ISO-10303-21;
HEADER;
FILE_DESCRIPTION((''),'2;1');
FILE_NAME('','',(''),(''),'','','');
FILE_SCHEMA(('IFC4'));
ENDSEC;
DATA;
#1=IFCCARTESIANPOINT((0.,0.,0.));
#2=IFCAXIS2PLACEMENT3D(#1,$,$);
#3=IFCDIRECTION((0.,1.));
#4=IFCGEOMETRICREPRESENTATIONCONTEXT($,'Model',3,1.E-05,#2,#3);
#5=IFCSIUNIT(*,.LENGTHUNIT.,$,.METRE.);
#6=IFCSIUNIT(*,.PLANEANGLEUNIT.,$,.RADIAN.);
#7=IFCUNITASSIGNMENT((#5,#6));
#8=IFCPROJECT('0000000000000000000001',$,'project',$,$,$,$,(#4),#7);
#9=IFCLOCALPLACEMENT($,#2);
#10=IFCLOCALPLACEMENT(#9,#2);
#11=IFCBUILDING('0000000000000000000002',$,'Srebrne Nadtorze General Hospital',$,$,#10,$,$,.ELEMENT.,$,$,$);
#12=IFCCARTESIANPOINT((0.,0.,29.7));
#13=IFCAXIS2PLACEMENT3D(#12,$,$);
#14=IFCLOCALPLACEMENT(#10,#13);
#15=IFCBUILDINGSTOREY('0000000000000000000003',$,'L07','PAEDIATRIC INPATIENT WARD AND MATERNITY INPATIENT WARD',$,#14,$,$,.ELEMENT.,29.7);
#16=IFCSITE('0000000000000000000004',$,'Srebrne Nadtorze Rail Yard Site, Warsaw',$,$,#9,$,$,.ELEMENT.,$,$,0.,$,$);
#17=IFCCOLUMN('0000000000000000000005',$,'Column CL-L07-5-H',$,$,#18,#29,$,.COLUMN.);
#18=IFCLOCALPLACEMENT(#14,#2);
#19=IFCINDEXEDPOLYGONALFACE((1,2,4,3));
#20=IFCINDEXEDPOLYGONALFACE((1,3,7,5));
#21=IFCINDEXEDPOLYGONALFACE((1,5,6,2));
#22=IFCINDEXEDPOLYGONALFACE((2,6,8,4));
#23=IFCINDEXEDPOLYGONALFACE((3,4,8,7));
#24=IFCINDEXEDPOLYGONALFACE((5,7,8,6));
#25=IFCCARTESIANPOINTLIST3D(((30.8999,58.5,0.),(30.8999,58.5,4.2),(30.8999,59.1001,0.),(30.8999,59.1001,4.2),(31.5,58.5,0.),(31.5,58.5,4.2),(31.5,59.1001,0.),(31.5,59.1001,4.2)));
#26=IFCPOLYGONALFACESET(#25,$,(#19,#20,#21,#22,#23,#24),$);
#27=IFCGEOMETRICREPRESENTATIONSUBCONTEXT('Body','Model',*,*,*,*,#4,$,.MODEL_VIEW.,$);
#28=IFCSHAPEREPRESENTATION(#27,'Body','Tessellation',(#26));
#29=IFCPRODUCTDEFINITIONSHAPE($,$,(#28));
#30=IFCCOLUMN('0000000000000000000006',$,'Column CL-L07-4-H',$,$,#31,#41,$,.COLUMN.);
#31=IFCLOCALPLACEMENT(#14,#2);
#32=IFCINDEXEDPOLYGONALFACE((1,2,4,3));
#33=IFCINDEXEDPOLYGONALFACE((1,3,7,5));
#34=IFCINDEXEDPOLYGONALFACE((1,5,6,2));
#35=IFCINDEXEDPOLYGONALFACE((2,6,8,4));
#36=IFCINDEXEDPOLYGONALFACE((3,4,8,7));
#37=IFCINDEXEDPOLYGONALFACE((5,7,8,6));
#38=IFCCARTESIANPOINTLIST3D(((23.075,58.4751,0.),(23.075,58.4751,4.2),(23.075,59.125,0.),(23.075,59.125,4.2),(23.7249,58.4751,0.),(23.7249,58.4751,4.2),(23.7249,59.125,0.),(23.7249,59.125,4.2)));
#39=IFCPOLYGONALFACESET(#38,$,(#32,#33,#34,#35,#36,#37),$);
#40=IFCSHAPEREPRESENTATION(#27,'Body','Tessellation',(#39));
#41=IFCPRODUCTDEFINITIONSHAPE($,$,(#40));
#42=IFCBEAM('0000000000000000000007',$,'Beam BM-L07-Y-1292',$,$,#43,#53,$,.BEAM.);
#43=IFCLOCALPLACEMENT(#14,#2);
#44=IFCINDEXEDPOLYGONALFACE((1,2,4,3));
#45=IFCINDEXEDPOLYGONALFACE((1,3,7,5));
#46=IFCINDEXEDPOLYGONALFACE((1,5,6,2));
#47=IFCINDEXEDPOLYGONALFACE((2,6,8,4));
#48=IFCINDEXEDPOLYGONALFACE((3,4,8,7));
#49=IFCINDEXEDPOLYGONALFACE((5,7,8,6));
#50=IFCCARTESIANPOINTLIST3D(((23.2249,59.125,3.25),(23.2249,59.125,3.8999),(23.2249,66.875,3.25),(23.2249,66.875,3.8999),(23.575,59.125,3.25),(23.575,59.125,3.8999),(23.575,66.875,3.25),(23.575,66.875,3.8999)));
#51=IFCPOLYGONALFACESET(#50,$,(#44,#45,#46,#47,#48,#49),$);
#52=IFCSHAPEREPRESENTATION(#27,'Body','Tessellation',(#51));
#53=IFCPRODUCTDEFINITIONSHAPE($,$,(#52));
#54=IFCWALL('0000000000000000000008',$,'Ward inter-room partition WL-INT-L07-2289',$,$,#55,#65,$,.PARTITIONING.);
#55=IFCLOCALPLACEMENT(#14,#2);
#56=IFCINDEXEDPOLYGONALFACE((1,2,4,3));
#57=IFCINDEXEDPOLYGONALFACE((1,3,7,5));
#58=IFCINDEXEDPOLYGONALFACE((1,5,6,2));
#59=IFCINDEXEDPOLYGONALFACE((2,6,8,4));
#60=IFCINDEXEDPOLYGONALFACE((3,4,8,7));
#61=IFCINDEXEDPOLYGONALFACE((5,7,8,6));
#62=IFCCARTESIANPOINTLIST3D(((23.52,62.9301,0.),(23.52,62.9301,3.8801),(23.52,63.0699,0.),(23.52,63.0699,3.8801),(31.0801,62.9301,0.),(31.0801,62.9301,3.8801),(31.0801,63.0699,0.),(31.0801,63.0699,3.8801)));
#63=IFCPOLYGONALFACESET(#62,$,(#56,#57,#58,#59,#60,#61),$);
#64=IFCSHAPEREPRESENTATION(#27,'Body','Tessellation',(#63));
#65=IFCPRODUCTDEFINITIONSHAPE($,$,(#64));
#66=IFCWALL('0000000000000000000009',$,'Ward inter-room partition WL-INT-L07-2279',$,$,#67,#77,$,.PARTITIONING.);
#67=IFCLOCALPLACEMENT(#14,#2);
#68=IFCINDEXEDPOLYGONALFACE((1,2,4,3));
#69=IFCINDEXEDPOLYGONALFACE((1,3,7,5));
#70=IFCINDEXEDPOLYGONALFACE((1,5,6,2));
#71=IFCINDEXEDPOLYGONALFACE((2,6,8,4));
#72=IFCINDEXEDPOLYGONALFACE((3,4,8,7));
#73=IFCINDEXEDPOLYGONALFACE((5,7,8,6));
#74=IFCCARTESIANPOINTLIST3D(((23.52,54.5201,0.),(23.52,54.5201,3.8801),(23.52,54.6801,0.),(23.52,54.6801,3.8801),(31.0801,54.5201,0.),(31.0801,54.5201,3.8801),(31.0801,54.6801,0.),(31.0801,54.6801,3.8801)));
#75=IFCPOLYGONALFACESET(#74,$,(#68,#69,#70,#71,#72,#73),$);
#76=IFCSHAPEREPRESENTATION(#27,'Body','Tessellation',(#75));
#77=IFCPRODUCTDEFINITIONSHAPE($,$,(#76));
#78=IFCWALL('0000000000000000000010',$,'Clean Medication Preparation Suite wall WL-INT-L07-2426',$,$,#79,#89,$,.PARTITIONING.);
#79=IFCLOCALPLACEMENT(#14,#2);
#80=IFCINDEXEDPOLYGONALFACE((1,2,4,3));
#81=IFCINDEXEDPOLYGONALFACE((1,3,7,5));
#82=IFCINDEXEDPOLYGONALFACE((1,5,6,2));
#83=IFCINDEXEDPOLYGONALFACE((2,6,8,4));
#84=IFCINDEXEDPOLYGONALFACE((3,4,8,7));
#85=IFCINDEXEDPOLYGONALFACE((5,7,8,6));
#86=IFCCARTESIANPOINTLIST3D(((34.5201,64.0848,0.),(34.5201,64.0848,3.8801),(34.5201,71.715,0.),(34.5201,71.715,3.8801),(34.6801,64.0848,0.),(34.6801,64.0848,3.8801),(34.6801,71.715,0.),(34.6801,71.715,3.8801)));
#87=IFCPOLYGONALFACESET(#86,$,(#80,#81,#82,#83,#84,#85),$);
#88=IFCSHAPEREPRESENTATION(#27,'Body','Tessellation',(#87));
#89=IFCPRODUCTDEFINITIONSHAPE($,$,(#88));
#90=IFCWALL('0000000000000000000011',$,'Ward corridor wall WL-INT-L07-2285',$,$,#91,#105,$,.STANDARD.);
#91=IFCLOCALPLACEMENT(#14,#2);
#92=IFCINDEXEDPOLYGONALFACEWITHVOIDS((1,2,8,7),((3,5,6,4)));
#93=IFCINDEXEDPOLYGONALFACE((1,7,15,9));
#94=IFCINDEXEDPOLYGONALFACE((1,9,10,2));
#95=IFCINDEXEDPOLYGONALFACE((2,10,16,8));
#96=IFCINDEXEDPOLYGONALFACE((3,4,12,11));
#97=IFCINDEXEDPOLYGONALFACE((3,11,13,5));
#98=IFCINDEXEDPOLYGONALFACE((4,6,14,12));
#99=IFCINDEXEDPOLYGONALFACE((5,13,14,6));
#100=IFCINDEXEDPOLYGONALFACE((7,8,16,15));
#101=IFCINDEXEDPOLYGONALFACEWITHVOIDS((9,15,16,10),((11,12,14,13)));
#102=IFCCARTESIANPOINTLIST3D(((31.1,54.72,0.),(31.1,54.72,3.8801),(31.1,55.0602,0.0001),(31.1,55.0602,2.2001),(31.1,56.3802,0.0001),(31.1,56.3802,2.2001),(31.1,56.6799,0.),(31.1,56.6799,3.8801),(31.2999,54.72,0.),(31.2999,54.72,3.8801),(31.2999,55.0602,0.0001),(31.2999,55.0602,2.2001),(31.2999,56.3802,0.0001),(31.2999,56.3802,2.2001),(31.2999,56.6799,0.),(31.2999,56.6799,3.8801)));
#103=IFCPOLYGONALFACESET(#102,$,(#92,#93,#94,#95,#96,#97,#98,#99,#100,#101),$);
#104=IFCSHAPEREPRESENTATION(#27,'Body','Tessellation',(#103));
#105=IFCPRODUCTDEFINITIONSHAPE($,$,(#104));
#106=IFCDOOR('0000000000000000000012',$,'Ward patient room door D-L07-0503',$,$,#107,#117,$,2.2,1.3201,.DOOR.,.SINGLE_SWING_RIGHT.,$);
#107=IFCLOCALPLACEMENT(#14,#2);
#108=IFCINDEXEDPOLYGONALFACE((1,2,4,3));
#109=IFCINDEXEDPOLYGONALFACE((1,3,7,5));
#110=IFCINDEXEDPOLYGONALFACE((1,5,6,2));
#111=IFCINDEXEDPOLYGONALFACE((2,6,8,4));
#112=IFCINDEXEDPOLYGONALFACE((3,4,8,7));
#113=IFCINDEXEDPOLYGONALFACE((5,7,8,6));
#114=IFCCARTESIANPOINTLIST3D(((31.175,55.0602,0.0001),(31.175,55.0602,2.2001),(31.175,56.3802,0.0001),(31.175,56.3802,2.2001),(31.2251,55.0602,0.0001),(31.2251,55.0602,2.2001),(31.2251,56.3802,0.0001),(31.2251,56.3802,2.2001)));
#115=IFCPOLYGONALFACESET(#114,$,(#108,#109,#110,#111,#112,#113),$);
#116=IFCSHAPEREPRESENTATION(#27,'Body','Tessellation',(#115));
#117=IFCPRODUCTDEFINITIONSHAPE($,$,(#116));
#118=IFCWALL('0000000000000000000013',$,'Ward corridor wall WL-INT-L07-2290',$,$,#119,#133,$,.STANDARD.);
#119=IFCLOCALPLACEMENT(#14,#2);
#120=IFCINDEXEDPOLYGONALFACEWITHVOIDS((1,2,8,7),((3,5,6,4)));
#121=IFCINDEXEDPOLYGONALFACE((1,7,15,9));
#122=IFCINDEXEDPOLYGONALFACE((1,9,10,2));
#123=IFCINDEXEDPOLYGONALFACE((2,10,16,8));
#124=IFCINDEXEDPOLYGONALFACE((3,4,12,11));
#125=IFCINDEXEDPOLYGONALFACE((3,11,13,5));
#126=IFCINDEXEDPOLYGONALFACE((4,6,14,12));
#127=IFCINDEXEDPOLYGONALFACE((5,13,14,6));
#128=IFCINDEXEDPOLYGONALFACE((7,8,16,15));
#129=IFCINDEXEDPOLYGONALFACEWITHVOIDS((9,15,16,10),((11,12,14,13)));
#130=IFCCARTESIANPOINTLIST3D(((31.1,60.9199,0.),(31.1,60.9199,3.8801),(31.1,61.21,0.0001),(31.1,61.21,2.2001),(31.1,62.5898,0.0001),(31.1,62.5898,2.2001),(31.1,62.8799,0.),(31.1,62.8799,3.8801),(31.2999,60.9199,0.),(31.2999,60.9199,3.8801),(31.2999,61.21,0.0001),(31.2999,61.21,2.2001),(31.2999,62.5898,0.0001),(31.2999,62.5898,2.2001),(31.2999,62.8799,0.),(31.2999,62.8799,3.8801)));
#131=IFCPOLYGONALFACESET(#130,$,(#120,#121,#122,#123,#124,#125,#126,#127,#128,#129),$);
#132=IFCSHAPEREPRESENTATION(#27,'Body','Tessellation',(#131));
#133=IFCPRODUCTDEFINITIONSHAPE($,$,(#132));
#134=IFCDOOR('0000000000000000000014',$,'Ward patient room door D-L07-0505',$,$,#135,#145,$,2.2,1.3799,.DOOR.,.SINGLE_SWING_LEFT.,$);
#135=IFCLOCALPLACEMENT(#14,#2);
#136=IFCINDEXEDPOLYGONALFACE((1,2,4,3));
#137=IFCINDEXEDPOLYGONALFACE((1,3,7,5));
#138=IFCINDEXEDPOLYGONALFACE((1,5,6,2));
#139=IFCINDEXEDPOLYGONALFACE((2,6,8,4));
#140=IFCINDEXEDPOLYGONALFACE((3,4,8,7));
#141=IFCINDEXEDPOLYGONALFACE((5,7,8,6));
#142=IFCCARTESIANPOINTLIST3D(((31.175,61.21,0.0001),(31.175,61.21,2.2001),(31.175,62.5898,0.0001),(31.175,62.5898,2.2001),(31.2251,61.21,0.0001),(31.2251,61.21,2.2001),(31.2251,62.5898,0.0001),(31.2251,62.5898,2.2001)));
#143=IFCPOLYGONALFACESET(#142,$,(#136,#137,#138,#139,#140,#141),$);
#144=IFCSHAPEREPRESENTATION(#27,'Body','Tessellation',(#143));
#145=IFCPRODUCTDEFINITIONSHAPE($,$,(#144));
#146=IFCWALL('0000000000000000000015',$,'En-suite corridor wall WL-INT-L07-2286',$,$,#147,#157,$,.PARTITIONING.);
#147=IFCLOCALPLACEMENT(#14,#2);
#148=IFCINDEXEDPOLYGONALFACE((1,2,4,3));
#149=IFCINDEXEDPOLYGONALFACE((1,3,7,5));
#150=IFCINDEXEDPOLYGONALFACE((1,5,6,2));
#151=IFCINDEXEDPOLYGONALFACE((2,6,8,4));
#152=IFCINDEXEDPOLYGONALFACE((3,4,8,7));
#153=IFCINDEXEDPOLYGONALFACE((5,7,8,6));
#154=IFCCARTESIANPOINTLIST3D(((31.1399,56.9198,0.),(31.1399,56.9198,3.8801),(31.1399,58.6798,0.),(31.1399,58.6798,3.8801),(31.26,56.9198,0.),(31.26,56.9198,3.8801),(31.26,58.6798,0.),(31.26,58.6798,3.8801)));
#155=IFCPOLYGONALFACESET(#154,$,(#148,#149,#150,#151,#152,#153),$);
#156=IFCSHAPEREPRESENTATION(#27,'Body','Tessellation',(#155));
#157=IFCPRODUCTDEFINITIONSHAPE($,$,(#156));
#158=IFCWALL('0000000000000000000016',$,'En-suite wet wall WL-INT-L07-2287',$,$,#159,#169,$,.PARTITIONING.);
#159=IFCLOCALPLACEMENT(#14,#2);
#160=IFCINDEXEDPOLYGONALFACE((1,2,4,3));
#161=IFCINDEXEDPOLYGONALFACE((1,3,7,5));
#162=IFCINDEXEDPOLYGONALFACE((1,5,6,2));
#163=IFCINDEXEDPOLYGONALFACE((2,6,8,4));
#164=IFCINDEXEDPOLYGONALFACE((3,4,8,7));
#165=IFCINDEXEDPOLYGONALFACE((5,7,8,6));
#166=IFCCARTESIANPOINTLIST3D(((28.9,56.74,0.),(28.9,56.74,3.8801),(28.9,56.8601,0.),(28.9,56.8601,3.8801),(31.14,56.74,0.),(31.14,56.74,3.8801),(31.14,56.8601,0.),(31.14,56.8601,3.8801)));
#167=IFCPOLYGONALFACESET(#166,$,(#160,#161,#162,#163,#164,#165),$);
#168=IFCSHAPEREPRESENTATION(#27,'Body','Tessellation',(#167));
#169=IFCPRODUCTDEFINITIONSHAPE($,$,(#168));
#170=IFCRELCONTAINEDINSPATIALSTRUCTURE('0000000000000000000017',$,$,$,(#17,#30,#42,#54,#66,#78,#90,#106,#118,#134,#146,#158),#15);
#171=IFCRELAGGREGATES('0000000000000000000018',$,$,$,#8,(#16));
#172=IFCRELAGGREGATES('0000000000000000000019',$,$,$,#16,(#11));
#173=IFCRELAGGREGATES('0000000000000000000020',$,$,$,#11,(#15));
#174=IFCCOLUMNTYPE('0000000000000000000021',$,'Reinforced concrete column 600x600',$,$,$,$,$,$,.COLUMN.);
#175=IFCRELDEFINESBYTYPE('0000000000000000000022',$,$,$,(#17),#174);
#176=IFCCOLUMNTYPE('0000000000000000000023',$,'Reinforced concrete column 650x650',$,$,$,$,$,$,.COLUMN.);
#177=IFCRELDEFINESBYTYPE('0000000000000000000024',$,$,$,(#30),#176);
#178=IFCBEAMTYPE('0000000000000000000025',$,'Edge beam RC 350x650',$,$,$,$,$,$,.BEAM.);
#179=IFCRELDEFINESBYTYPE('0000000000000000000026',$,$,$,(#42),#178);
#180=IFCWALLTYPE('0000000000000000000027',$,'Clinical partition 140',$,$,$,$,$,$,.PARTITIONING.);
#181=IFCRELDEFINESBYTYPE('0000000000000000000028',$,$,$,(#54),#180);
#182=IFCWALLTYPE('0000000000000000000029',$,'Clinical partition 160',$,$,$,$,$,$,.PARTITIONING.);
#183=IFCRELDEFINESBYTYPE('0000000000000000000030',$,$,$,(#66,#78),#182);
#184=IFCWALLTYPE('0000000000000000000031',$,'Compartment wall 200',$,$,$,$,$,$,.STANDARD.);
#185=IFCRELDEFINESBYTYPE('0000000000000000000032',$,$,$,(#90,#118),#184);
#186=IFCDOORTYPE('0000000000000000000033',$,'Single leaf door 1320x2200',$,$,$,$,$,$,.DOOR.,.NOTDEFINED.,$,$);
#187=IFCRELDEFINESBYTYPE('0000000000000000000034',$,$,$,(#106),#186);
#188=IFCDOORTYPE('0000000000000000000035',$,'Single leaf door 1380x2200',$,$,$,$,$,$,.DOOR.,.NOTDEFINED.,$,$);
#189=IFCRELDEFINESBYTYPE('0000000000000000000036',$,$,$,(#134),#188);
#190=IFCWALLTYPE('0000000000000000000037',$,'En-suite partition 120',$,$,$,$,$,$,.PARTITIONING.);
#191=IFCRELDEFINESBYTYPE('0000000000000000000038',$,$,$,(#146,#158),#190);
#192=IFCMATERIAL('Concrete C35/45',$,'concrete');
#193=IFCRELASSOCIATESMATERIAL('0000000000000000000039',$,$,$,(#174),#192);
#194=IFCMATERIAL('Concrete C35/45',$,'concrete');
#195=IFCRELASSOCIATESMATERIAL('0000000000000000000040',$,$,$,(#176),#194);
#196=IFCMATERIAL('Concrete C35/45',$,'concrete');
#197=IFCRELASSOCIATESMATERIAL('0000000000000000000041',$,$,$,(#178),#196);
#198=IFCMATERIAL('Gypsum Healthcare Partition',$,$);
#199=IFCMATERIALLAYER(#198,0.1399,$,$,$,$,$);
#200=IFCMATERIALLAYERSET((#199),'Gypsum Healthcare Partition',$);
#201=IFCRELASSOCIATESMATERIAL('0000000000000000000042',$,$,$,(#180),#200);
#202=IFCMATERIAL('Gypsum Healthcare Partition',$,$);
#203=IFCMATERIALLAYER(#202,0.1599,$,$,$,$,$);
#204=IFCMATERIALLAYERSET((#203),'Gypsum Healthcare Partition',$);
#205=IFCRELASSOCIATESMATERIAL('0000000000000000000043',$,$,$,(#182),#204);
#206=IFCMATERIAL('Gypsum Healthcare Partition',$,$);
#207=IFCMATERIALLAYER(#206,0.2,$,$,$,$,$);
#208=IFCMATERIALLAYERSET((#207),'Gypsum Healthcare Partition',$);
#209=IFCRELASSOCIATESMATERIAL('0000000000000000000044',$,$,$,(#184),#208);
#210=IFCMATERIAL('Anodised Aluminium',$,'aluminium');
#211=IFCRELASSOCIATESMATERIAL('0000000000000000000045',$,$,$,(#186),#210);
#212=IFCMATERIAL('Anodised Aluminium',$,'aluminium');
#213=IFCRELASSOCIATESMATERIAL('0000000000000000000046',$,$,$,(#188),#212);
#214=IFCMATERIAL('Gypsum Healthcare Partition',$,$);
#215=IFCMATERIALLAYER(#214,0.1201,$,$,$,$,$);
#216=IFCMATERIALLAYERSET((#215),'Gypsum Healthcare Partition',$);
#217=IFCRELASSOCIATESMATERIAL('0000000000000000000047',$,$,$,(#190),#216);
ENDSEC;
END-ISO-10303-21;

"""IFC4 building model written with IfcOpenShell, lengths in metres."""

from ifc_helpers import new_model, si_unit, direction, frame, frame_2d, origin, origin_2d, place, context, subcontext, project, spatial, rectangle, extrude, material, layer, layer_set, material_profile, profile_set, type_object, element, fill, save


model = new_model("IFC4")

# Units and contexts
model_context = context("Model", 3, precision=1e-05, world=origin(), true_north=direction((0.0, 1.0)))
body_context = subcontext(model_context, "Body", "Model", "MODEL_VIEW")
ifc_project = project(units=[si_unit("LENGTHUNIT", "METRE"), si_unit("PLANEANGLEUNIT", "RADIAN")], contexts=[model_context])

# Site, building, storey
site_placement = place(None, origin())
site = spatial("IfcSite", under=ifc_project, at=site_placement, Name="Srebrne Nadtorze Rail Yard Site, Warsaw", CompositionType="ELEMENT", RefElevation=0.0)
building_placement = place(site_placement, origin())
building = spatial("IfcBuilding", under=site, at=building_placement, Name="Srebrne Nadtorze General Hospital", CompositionType="ELEMENT")
storey_placement = place(building_placement, frame((0.0, 0.0, 29.7)))
storey = spatial("IfcBuildingStorey", under=building, at=storey_placement, Name="L07", Description="PAEDIATRIC INPATIENT WARD AND MATERNITY INPATIENT WARD", CompositionType="ELEMENT", Elevation=29.7)

# Columns
ifc_material_1 = material(Name="Concrete C35/45", Category="concrete")
ifc_material_profile_1 = material_profile(ifc_material_1, rectangle(XDim=0.6001, YDim=0.6001, at=origin_2d()), Name="RC-COL-600x600")
ifc_profile_set_1 = profile_set([ifc_material_profile_1], Name="Concrete C35/45")
column_type_1 = type_object("IfcColumnType", Name="Reinforced concrete column 600x600", PredefinedType="COLUMN", material=ifc_profile_set_1)
column_1_placement = place(storey_placement, frame((31.2, 58.8, 0.0), z_axis=(0.0, 0.0, 1.0), x_axis=(1.0, 0.0, 0.0)))
element("IfcColumn", 1, at=column_1_placement, inside=storey, type_object=column_type_1, Name="Column CL-L07-5-H", PredefinedType="COLUMN", context=body_context, shape_type="SweptSolid", body=[
    extrude(rectangle(XDim=0.6001, YDim=0.6001, at=origin_2d()), origin(), (0.0, 0.0, 1.0), 4.2),
])
ifc_material_2 = material(Name="Concrete C35/45", Category="concrete")
ifc_material_profile_2 = material_profile(ifc_material_2, rectangle(XDim=0.6499, YDim=0.6499, at=origin_2d()), Name="RC-COL-650x650")
ifc_profile_set_2 = profile_set([ifc_material_profile_2], Name="Concrete C35/45")
column_type_2 = type_object("IfcColumnType", Name="Reinforced concrete column 650x650", PredefinedType="COLUMN", material=ifc_profile_set_2)
column_2_placement = place(storey_placement, frame((23.3999, 58.8, 0.0), z_axis=(0.0, 0.0, 1.0), x_axis=(1.0, 0.0, 0.0)))
element("IfcColumn", 2, at=column_2_placement, inside=storey, type_object=column_type_2, Name="Column CL-L07-4-H", PredefinedType="COLUMN", context=body_context, shape_type="SweptSolid", body=[
    extrude(rectangle(XDim=0.6499, YDim=0.6499, at=origin_2d()), origin(), (0.0, 0.0, 1.0), 4.2),
])

# Beam
ifc_material_3 = material(Name="Concrete C35/45", Category="concrete")
ifc_material_profile_3 = material_profile(ifc_material_3, rectangle(XDim=0.3501, YDim=0.6499, at=origin_2d()), Name="RC-BM-350x650")
ifc_profile_set_3 = profile_set([ifc_material_profile_3], Name="Concrete C35/45")
beam_type = type_object("IfcBeamType", Name="Edge beam RC 350x650", PredefinedType="BEAM", material=ifc_profile_set_3)
beam_placement = place(storey_placement, frame((23.3999, 59.125, 3.575), z_axis=(0.0, 1.0, 0.0), x_axis=(-1.0, 0.0, 0.0)))
element("IfcBeam", 3, at=beam_placement, inside=storey, type_object=beam_type, Name="Beam BM-L07-Y-1292", PredefinedType="BEAM", context=body_context, shape_type="SweptSolid", body=[
    extrude(rectangle(XDim=0.3501, YDim=0.6499, at=origin_2d()), origin(), (0.0, 0.0, 1.0), 7.75),
])

# Walls
ifc_material_4 = material(Name="Gypsum Healthcare Partition")
ifc_layer_1 = layer(ifc_material_4, 0.1399)
ifc_layer_set_1 = layer_set([ifc_layer_1], Name="Gypsum Healthcare Partition")
wall_type_1 = type_object("IfcWallType", Name="Clinical partition 140", PredefinedType="PARTITIONING", material=ifc_layer_set_1)
wall_1_placement = place(storey_placement, frame((23.52, 63.0, 0.0), z_axis=(0.0, 0.0, 1.0), x_axis=(1.0, 0.0, 0.0)))
element("IfcWall", 4, at=wall_1_placement, inside=storey, type_object=wall_type_1, Name="Ward inter-room partition WL-INT-L07-2289", PredefinedType="PARTITIONING", context=body_context, shape_type="SweptSolid", body=[
    extrude(rectangle(XDim=7.5601, YDim=0.1399, at=frame_2d((3.78, 0.0))), origin(), (0.0, 0.0, 1.0), 3.8801),
])
ifc_material_5 = material(Name="Gypsum Healthcare Partition")
ifc_layer_2 = layer(ifc_material_5, 0.1599)
ifc_layer_set_2 = layer_set([ifc_layer_2], Name="Gypsum Healthcare Partition")
wall_type_2 = type_object("IfcWallType", Name="Clinical partition 160", PredefinedType="PARTITIONING", material=ifc_layer_set_2)
wall_2_placement = place(storey_placement, frame((23.52, 54.6001, 0.0), z_axis=(0.0, 0.0, 1.0), x_axis=(1.0, 0.0, 0.0)))
element("IfcWall", 5, at=wall_2_placement, inside=storey, type_object=wall_type_2, Name="Ward inter-room partition WL-INT-L07-2279", PredefinedType="PARTITIONING", context=body_context, shape_type="SweptSolid", body=[
    extrude(rectangle(XDim=7.5601, YDim=0.1599, at=frame_2d((3.78, 0.0))), origin(), (0.0, 0.0, 1.0), 3.8801),
])
wall_3_placement = place(storey_placement, frame((34.6001, 64.085, 0.0), z_axis=(0.0, 0.0, 1.0), x_axis=(0.0, 1.0, 0.0)))
element("IfcWall", 6, at=wall_3_placement, inside=storey, type_object=wall_type_2, Name="Clean Medication Preparation Suite wall WL-INT-L07-2426", PredefinedType="PARTITIONING", context=body_context, shape_type="SweptSolid", body=[
    extrude(rectangle(XDim=7.6301, YDim=0.1599, at=frame_2d((3.8149, 0.0))), origin(), (0.0, 0.0, 1.0), 3.8801),
])

# Walls, openings, doors
ifc_material_6 = material(Name="Gypsum Healthcare Partition")
ifc_layer_3 = layer(ifc_material_6, 0.2)
ifc_layer_set_3 = layer_set([ifc_layer_3], Name="Gypsum Healthcare Partition")
wall_type_3 = type_object("IfcWallType", Name="Compartment wall 200", PredefinedType="STANDARD", material=ifc_layer_set_3)
wall_4_placement = place(storey_placement, frame((31.2, 54.72, 0.0), z_axis=(0.0, 0.0, 1.0), x_axis=(0.0, 1.0, 0.0)))
wall_4 = element("IfcWall", 7, at=wall_4_placement, inside=storey, type_object=wall_type_3, Name="Ward corridor wall WL-INT-L07-2285", PredefinedType="STANDARD", context=body_context, shape_type="SweptSolid", body=[
    extrude(rectangle(XDim=1.96, YDim=0.2, at=frame_2d((0.98, 0.0))), origin(), (0.0, 0.0, 1.0), 3.8801),
])
opening_1_placement = place(wall_4_placement, frame((0.3401, 0.0, 0.0)))
opening_1 = element("IfcOpeningElement", 8, at=opening_1_placement, cuts=wall_4, PredefinedType="OPENING", context=body_context, shape_type="SweptSolid", body=[
    extrude(rectangle(XDim=1.3201, YDim=2.2, at=frame_2d((0.6602, 1.1001))), frame((0.0, 0.1118, 0.0), z_axis=(0.0, -1.0, 0.0), x_axis=(1.0, 0.0, 0.0)), (0.0, 0.0, 1.0), 0.2239),
])
ifc_material_7 = material(Name="Anodised Aluminium", Category="aluminium")
door_type_1 = type_object("IfcDoorType", Name="Single leaf door 1320x2200", OperationType="NOTDEFINED", PredefinedType="DOOR", material=ifc_material_7)
door_1_placement = place(opening_1_placement, origin())
door_1 = element("IfcDoor", 9, at=door_1_placement, inside=storey, type_object=door_type_1, Name="Ward patient room door D-L07-0503", OperationType="SINGLE_SWING_RIGHT", OverallHeight=2.2, OverallWidth=1.3201, PredefinedType="DOOR", context=body_context, shape_type="SweptSolid", body=[
    extrude(rectangle(XDim=1.3201, YDim=2.2, at=frame_2d((0.6602, 1.1001))), frame((0.0, 0.0249, 0.0), z_axis=(0.0, -1.0, 0.0), x_axis=(1.0, 0.0, 0.0)), (0.0, 0.0, 1.0), 0.05),
])
fill(opening_1, door_1)
wall_5_placement = place(storey_placement, frame((31.2, 60.9199, 0.0), z_axis=(0.0, 0.0, 1.0), x_axis=(0.0, 1.0, 0.0)))
wall_5 = element("IfcWall", 10, at=wall_5_placement, inside=storey, type_object=wall_type_3, Name="Ward corridor wall WL-INT-L07-2290", PredefinedType="STANDARD", context=body_context, shape_type="SweptSolid", body=[
    extrude(rectangle(XDim=1.96, YDim=0.2, at=frame_2d((0.98, 0.0))), origin(), (0.0, 0.0, 1.0), 3.8801),
])
opening_2_placement = place(wall_5_placement, frame((0.29, 0.0, 0.0)))
opening_2 = element("IfcOpeningElement", 11, at=opening_2_placement, cuts=wall_5, PredefinedType="OPENING", context=body_context, shape_type="SweptSolid", body=[
    extrude(rectangle(XDim=1.3799, YDim=2.2, at=frame_2d((0.6899, 1.1001))), frame((0.0, 0.1118, 0.0), z_axis=(0.0, -1.0, 0.0), x_axis=(1.0, 0.0, 0.0)), (0.0, 0.0, 1.0), 0.2239),
])
ifc_material_8 = material(Name="Anodised Aluminium", Category="aluminium")
door_type_2 = type_object("IfcDoorType", Name="Single leaf door 1380x2200", OperationType="NOTDEFINED", PredefinedType="DOOR", material=ifc_material_8)
door_2_placement = place(opening_2_placement, origin())
door_2 = element("IfcDoor", 12, at=door_2_placement, inside=storey, type_object=door_type_2, Name="Ward patient room door D-L07-0505", OperationType="SINGLE_SWING_LEFT", OverallHeight=2.2, OverallWidth=1.3799, PredefinedType="DOOR", context=body_context, shape_type="SweptSolid", body=[
    extrude(rectangle(XDim=1.3799, YDim=2.2, at=frame_2d((0.6899, 1.1001))), frame((0.0, 0.0249, 0.0), z_axis=(0.0, -1.0, 0.0), x_axis=(1.0, 0.0, 0.0)), (0.0, 0.0, 1.0), 0.05),
])
fill(opening_2, door_2)

# Walls
ifc_material_9 = material(Name="Gypsum Healthcare Partition")
ifc_layer_4 = layer(ifc_material_9, 0.1201)
ifc_layer_set_4 = layer_set([ifc_layer_4], Name="Gypsum Healthcare Partition")
wall_type_4 = type_object("IfcWallType", Name="En-suite partition 120", PredefinedType="PARTITIONING", material=ifc_layer_set_4)
wall_6_placement = place(storey_placement, frame((31.2, 56.9199, 0.0), z_axis=(0.0, 0.0, 1.0), x_axis=(0.0, 1.0, 0.0)))
element("IfcWall", 13, at=wall_6_placement, inside=storey, type_object=wall_type_4, Name="En-suite corridor wall WL-INT-L07-2286", PredefinedType="PARTITIONING", context=body_context, shape_type="SweptSolid", body=[
    extrude(rectangle(XDim=1.76, YDim=0.1201, at=frame_2d((0.8799, 0.0))), origin(), (0.0, 0.0, 1.0), 3.8801),
])
wall_7_placement = place(storey_placement, frame((28.8999, 56.8, 0.0), z_axis=(0.0, 0.0, 1.0), x_axis=(1.0, 0.0, 0.0)))
element("IfcWall", 14, at=wall_7_placement, inside=storey, type_object=wall_type_4, Name="En-suite wet wall WL-INT-L07-2287", PredefinedType="PARTITIONING", context=body_context, shape_type="SweptSolid", body=[
    extrude(rectangle(XDim=2.24, YDim=0.1201, at=frame_2d((1.1201, 0.0))), origin(), (0.0, 0.0, 1.0), 3.8801),
])

save(model, "model.ifc")
